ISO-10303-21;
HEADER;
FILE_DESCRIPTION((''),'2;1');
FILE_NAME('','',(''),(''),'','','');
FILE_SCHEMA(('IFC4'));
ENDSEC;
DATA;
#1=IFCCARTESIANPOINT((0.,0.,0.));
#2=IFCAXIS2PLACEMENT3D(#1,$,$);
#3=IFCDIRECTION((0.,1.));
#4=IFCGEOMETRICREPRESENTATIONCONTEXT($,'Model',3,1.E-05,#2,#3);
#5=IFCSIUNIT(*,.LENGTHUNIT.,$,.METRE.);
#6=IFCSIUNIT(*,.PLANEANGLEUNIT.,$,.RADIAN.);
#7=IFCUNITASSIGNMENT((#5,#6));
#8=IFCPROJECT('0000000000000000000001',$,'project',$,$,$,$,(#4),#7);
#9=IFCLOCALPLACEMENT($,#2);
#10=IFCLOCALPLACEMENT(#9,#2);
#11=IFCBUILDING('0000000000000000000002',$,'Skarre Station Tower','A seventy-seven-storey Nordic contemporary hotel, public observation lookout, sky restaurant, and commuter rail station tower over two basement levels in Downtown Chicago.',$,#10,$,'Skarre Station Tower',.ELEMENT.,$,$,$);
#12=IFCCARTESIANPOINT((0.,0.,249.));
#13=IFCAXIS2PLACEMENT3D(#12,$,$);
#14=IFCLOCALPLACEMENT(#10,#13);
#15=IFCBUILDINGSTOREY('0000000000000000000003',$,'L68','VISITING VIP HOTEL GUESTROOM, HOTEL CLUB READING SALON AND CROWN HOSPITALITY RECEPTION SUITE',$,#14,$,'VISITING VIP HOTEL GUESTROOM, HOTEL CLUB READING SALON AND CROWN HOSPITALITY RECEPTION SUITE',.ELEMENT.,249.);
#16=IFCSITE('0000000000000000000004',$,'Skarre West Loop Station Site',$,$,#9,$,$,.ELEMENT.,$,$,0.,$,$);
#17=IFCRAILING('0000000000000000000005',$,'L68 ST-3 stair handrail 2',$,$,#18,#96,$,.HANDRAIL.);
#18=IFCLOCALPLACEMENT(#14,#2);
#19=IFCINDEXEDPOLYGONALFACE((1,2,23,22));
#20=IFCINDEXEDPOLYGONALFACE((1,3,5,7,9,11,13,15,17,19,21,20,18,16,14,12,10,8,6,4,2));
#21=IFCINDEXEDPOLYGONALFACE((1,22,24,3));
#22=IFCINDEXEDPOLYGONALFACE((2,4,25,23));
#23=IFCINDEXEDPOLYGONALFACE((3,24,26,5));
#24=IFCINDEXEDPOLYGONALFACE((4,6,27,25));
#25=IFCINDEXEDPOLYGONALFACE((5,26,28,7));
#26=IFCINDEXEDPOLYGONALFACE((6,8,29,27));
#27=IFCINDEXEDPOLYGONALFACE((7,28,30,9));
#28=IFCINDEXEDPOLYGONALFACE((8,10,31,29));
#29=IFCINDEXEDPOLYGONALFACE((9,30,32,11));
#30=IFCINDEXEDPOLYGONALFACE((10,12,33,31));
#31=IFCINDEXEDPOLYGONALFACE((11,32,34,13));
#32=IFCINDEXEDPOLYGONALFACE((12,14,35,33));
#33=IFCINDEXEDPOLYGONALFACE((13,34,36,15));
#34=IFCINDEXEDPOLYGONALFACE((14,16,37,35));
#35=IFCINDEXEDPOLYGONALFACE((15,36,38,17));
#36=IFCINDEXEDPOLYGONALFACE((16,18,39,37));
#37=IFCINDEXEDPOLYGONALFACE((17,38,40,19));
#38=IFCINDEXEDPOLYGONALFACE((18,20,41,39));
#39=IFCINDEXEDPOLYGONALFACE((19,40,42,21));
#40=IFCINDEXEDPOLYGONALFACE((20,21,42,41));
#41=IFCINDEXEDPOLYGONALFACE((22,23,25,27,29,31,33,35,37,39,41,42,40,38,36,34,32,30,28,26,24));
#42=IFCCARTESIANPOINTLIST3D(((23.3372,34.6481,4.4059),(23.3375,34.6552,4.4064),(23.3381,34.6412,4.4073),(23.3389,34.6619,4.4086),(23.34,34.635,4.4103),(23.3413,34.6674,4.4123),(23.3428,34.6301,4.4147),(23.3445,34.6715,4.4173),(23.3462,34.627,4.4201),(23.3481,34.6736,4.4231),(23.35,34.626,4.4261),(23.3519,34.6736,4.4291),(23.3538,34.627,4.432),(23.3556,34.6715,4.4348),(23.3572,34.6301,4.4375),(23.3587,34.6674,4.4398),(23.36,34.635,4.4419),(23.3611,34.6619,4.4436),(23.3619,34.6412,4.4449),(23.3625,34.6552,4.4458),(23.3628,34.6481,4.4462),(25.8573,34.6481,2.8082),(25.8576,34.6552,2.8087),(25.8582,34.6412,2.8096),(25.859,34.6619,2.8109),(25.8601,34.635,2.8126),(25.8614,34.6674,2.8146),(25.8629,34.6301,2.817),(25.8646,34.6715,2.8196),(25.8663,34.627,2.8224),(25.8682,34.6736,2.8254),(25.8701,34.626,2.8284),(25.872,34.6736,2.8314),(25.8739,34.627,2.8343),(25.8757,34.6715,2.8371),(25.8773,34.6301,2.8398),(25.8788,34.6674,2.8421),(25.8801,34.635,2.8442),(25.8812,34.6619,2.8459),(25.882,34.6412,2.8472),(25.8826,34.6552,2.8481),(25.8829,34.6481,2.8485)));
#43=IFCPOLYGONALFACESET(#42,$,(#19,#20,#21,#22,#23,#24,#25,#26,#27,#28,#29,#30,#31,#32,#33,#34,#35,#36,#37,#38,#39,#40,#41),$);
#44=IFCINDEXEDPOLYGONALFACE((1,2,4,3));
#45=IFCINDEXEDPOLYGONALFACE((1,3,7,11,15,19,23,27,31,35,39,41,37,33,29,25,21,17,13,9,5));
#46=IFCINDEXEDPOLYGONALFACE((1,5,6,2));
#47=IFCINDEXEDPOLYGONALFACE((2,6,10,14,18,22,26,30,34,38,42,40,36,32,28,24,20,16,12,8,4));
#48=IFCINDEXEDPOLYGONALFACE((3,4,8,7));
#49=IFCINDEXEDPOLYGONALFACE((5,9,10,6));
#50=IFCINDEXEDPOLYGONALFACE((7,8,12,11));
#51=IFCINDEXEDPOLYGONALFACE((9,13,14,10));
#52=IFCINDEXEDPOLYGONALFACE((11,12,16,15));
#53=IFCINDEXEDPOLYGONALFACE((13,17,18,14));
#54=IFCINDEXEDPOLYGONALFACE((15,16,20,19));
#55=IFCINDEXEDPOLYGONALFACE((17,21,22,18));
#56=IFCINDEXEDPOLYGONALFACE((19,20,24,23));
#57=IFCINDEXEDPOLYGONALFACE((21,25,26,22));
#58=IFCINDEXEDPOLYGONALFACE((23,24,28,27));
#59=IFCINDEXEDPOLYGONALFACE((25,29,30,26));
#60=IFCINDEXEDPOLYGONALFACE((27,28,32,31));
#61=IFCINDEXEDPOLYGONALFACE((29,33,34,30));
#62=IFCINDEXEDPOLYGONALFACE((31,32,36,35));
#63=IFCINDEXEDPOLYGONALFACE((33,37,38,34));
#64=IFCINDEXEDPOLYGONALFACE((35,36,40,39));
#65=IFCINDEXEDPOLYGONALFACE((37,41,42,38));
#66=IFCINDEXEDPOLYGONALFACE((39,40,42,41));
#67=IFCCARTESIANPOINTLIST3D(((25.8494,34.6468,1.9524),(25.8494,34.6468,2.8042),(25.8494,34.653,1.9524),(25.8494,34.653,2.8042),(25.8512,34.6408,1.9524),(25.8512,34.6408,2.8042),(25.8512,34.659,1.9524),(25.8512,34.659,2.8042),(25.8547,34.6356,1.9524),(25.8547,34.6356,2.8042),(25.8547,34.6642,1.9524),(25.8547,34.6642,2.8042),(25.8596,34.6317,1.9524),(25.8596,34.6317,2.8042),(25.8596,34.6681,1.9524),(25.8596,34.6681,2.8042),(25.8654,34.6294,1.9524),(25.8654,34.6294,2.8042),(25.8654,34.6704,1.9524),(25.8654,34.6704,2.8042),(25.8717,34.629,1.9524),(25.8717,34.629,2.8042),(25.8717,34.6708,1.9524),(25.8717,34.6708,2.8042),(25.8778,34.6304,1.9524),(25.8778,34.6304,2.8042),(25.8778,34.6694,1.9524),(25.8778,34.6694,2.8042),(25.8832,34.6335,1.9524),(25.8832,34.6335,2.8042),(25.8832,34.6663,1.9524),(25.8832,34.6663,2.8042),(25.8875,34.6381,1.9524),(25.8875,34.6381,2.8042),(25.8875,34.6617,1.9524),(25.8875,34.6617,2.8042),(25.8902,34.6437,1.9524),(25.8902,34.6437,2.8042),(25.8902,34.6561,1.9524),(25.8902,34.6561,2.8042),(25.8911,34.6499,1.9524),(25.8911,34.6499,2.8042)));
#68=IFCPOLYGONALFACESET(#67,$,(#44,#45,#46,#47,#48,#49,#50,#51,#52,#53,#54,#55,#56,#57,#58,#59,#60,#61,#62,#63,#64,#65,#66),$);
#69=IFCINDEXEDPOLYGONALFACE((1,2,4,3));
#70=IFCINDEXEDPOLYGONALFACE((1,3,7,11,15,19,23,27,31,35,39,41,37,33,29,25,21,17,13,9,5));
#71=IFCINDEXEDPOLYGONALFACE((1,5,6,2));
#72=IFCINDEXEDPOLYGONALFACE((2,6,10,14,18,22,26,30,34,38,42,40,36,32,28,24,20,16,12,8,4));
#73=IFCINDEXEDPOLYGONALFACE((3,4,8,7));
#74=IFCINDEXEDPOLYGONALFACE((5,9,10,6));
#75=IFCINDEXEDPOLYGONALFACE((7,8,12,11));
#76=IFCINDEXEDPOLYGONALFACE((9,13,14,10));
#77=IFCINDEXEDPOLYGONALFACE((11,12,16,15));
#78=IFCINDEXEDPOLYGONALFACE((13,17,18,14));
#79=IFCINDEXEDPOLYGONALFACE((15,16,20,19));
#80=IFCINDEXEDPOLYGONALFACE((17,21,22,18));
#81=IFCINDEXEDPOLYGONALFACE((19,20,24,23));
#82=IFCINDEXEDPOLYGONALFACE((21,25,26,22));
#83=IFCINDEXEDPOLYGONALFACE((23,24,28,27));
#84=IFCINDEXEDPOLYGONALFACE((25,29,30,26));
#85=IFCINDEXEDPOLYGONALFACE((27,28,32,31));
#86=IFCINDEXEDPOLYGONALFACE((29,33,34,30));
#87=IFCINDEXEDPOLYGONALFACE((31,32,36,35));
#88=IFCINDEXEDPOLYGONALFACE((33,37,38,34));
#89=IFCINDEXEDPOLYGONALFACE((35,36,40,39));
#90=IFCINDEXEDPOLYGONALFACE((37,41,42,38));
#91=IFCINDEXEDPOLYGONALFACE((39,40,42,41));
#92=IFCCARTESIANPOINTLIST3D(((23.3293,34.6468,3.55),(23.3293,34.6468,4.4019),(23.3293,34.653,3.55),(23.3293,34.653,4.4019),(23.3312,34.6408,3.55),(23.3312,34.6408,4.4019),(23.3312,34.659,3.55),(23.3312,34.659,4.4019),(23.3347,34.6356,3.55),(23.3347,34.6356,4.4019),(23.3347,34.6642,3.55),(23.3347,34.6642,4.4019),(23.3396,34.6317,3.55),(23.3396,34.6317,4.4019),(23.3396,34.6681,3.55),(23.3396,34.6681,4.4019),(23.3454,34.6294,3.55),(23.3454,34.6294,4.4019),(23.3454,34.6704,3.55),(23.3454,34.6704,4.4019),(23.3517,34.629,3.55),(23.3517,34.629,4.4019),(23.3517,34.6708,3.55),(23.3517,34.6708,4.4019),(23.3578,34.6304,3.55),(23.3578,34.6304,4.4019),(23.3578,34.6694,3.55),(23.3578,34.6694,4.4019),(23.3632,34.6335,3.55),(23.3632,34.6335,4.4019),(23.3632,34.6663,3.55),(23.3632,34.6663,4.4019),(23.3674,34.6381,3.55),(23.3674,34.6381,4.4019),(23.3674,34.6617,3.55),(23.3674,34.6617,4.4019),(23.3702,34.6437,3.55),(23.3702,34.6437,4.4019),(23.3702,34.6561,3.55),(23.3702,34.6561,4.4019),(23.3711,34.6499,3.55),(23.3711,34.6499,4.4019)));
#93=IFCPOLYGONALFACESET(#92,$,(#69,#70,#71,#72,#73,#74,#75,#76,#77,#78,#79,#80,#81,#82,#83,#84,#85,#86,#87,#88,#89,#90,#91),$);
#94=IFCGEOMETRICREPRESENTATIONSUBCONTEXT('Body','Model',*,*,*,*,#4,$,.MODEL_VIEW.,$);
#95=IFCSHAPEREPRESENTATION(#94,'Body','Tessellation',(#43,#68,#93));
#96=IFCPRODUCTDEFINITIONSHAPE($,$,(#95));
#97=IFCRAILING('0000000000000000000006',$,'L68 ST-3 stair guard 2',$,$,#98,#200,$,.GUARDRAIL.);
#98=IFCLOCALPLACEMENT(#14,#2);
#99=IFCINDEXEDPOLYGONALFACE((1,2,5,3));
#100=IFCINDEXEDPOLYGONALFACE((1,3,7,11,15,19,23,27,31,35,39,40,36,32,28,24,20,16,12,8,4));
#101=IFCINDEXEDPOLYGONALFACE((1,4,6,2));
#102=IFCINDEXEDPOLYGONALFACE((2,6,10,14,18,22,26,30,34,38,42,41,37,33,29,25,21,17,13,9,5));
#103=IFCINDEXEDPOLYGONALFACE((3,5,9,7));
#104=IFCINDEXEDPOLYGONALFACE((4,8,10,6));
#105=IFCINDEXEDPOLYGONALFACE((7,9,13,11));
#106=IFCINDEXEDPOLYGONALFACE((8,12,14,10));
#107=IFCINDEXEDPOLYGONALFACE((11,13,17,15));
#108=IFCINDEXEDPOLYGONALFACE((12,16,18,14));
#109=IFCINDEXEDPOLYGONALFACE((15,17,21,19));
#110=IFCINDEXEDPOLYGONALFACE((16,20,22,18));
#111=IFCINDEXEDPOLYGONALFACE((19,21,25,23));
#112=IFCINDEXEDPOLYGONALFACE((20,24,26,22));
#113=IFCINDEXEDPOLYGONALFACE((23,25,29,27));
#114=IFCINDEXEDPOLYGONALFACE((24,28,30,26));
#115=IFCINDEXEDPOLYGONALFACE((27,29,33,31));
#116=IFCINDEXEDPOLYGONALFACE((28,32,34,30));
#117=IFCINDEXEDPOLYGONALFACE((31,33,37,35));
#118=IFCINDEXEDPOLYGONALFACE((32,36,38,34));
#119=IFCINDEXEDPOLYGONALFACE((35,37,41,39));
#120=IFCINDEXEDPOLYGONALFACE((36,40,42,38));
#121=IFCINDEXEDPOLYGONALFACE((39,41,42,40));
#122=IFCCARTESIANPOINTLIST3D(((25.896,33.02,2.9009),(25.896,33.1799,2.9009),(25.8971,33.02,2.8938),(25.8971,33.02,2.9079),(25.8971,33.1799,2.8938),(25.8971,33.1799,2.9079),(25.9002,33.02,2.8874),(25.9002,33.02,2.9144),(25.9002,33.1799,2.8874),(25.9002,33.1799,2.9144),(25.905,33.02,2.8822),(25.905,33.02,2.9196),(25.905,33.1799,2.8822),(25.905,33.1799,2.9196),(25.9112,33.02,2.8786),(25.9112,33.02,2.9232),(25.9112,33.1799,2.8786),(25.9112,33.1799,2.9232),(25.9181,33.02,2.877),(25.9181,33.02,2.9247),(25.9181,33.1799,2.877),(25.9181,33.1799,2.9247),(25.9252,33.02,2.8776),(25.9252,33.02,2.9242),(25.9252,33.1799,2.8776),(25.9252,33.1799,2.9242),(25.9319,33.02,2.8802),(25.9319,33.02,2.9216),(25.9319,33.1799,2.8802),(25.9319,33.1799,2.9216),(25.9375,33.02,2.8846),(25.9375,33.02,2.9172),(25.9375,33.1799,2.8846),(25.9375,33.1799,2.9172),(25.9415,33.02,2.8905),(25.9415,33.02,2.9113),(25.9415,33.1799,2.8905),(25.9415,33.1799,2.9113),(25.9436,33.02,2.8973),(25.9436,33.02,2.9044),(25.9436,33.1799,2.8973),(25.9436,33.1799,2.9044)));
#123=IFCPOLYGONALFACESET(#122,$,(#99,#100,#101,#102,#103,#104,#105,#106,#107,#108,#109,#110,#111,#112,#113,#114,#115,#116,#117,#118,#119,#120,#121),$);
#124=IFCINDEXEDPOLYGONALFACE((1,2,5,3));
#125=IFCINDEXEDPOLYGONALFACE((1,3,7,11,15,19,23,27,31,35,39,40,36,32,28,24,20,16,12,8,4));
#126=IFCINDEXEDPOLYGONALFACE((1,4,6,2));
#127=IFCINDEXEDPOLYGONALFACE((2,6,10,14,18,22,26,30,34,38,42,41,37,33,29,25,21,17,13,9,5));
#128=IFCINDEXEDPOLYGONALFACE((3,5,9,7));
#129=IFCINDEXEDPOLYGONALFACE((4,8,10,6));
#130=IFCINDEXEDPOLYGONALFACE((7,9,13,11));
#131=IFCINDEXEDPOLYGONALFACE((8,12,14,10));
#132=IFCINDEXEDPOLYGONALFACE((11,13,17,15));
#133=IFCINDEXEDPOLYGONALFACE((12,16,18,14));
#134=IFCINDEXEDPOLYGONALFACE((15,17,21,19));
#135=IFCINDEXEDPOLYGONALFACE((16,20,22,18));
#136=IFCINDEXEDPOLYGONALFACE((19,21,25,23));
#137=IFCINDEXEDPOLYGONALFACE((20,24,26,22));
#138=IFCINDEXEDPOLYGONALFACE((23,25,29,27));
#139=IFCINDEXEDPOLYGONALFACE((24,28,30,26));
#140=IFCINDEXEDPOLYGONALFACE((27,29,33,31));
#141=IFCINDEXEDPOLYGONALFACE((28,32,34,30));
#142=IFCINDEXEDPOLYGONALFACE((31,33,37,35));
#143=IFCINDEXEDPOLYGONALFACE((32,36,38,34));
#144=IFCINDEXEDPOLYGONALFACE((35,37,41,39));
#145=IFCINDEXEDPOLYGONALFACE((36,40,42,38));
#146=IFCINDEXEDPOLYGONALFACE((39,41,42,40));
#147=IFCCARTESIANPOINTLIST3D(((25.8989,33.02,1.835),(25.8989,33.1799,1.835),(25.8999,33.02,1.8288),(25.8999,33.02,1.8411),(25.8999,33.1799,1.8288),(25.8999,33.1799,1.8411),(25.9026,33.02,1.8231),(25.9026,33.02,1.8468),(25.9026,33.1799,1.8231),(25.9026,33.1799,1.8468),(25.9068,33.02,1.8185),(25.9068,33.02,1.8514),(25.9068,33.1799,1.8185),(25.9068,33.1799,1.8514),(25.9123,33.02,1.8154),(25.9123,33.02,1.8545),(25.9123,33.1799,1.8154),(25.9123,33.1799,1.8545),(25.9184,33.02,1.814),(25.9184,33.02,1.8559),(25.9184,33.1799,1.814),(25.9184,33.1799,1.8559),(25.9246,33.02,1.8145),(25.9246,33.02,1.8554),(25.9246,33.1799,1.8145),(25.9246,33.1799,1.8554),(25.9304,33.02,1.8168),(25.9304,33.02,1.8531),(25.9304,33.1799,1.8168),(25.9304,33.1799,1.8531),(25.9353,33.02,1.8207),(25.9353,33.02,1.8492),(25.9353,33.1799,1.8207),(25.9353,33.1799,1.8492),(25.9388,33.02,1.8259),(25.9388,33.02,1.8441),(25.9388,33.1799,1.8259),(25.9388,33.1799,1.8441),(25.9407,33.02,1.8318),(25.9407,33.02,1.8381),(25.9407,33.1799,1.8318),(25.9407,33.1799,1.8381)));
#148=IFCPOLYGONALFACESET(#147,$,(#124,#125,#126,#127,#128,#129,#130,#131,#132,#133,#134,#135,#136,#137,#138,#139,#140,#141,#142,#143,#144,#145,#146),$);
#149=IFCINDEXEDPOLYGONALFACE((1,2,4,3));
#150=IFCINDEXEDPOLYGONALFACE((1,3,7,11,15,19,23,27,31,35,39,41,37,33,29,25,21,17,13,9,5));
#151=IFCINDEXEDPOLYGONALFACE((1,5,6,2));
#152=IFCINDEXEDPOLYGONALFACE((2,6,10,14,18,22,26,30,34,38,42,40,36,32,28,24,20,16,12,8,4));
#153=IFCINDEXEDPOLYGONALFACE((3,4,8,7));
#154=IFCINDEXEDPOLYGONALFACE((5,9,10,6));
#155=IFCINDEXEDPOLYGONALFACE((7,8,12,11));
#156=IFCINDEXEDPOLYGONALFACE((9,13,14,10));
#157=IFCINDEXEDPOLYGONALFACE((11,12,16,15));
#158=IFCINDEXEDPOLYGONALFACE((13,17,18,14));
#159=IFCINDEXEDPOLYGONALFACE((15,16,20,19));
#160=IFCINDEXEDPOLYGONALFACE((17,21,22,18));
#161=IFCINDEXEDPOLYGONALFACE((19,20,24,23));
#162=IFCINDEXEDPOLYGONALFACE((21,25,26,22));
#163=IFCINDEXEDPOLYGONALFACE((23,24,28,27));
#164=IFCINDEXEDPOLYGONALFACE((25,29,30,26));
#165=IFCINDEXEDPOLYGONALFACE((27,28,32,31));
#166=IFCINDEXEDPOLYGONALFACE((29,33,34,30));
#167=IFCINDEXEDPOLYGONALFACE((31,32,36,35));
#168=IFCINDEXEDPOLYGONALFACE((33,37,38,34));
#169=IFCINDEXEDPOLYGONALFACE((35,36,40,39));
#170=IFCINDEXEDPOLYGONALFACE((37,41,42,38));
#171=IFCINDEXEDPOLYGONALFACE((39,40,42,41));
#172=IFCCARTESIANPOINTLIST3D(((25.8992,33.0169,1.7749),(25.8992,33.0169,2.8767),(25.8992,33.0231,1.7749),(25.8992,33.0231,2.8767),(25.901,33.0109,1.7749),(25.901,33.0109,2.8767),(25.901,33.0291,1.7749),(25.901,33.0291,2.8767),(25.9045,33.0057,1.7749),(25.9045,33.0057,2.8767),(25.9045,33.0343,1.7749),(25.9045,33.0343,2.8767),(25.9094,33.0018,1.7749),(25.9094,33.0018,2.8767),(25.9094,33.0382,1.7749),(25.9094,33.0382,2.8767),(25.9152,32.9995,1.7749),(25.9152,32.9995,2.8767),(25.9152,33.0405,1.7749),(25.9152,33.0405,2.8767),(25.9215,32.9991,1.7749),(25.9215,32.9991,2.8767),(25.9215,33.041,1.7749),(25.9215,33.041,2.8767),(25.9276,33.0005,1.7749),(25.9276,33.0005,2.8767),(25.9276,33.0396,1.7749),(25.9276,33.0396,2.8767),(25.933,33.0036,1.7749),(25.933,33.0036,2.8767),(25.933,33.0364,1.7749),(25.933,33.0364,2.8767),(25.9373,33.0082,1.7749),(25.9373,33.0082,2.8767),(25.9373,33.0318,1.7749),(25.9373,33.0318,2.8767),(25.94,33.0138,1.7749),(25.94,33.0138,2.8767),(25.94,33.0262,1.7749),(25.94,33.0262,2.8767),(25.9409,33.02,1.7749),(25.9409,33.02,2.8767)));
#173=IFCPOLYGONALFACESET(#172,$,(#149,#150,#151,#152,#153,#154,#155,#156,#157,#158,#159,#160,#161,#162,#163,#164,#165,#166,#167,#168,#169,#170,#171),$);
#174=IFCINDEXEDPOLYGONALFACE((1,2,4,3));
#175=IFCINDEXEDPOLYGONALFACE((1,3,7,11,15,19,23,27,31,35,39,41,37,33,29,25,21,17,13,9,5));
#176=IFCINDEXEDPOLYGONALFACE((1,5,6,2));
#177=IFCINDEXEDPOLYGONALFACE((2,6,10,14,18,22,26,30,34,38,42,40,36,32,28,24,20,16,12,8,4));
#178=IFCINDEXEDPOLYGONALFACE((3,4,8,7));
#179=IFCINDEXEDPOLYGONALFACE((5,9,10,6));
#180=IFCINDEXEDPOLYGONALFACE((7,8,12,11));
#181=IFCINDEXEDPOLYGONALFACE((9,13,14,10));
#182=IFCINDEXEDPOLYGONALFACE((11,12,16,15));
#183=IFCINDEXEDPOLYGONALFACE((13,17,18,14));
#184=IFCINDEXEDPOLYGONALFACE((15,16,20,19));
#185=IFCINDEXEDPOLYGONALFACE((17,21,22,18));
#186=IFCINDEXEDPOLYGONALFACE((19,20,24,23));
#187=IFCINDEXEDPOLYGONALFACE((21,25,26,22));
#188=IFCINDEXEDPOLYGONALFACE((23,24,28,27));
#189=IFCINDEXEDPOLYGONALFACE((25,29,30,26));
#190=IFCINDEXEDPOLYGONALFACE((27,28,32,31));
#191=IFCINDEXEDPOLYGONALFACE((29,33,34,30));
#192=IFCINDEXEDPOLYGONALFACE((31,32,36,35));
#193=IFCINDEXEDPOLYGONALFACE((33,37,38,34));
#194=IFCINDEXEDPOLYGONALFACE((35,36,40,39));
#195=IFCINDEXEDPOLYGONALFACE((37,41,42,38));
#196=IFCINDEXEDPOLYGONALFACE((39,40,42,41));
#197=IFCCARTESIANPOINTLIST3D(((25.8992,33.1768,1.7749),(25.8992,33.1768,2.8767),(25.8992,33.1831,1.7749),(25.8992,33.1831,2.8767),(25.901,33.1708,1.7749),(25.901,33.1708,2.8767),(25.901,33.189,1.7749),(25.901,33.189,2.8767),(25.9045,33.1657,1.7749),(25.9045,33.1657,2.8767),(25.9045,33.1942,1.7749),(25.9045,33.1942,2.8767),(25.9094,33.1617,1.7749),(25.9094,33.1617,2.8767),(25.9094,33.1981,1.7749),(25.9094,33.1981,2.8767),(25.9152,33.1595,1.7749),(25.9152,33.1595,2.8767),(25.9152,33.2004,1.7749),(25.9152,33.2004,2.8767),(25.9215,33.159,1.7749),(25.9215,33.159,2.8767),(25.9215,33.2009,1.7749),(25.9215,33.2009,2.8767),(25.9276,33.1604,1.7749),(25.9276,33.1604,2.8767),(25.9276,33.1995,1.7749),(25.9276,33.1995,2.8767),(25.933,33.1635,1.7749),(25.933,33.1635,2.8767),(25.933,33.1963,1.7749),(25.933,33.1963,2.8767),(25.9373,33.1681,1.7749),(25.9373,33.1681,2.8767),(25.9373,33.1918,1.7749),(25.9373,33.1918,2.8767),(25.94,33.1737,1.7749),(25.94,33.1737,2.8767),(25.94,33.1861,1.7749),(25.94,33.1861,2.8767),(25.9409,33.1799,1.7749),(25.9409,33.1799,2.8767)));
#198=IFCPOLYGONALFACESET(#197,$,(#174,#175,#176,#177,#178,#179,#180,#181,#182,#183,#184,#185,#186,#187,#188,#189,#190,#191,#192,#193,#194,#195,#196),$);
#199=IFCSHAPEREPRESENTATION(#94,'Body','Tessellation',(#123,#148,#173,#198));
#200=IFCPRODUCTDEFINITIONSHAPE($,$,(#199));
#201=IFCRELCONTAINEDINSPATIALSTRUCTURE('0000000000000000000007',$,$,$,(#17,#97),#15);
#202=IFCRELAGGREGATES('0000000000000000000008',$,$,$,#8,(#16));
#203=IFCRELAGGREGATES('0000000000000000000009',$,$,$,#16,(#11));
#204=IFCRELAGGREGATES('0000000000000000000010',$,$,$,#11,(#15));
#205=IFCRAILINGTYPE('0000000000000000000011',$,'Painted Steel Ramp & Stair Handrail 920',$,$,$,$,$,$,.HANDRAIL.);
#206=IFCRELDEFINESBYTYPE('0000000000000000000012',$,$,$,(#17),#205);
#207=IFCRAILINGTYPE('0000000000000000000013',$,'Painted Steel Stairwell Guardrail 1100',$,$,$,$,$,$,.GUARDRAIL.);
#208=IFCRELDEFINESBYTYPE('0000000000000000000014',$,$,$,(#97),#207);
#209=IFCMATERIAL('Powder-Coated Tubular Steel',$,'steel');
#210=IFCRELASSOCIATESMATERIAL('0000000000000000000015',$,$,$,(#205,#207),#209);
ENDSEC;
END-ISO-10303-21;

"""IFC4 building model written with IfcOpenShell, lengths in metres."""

from ifc_helpers import new_model, si_unit, direction, frame, origin, origin_2d, place, context, subcontext, project, spatial, circle, extrude, material, type_object, element, save


model = new_model("IFC4")

# Units and contexts
model_context = context("Model", 3, precision=1e-05, world=origin(), true_north=direction((0.0, 1.0)))
body_context = subcontext(model_context, "Body", "Model", "MODEL_VIEW")
ifc_project = project(units=[si_unit("LENGTHUNIT", "METRE"), si_unit("PLANEANGLEUNIT", "RADIAN")], contexts=[model_context])

# Site, building, storey
site_placement = place(None, origin())
site = spatial("IfcSite", under=ifc_project, at=site_placement, Name="Skarre West Loop Station Site", CompositionType="ELEMENT", RefElevation=0.0)
building_placement = place(site_placement, origin())
building = spatial("IfcBuilding", under=site, at=building_placement, Name="Skarre Station Tower", Description="A seventy-seven-storey Nordic contemporary hotel, public observation lookout, sky restaurant, and commuter rail station tower over two basement levels in Downtown Chicago.", LongName="Skarre Station Tower", CompositionType="ELEMENT")
storey_placement = place(building_placement, frame((0.0, 0.0, 249.0)))
storey = spatial("IfcBuildingStorey", under=building, at=storey_placement, Name="L68", Description="VISITING VIP HOTEL GUESTROOM, HOTEL CLUB READING SALON AND CROWN HOSPITALITY RECEPTION SUITE", LongName="VISITING VIP HOTEL GUESTROOM, HOTEL CLUB READING SALON AND CROWN HOSPITALITY RECEPTION SUITE", CompositionType="ELEMENT", Elevation=249.0)

# Railings
ifc_material_1 = material(Name="Powder-Coated Tubular Steel", Category="steel")
railing_type_1 = type_object("IfcRailingType", Name="Painted Steel Ramp & Stair Handrail 920", PredefinedType="HANDRAIL", material=ifc_material_1)
railing_1_placement = place(storey_placement, frame((25.8701, 34.6499, 1.9524)))
element("IfcRailing", 1, at=railing_1_placement, inside=storey, type_object=railing_type_1, Name="L68 ST-3 stair handrail 2", PredefinedType="HANDRAIL", context=body_context, shape_type="SweptSolid", body=[
    extrude(circle(Radius=0.0239, at=origin_2d()), frame((0.0, 0.0, 0.876), z_axis=(-0.84457, 0.0, 0.535445), x_axis=(0.0, -1.0, 0.0)), (0.0, 0.0, 1.0), 2.9839),
    extrude(circle(Radius=0.021, at=origin_2d()), origin(), (0.0, 0.0, 1.0), 0.8518),
    extrude(circle(Radius=0.021, at=origin_2d()), frame((-2.52, 0.0, 1.5977)), (0.0, 0.0, 1.0), 0.8518),
])
railing_type_2 = type_object("IfcRailingType", Name="Painted Steel Stairwell Guardrail 1100", PredefinedType="GUARDRAIL", material=ifc_material_1)
railing_2_placement = place(storey_placement, frame((25.9199, 33.02, 1.7749)))
element("IfcRailing", 2, at=railing_2_placement, inside=storey, type_object=railing_type_2, Name="L68 ST-3 stair guard 2", PredefinedType="GUARDRAIL", context=body_context, shape_type="SweptSolid", body=[
    extrude(circle(Radius=0.0239, at=origin_2d()), frame((0.0, 0.0, 1.126), z_axis=(0.0, 1.0, 0.0), x_axis=(-1.0, 0.0, 0.0)), (0.0, 0.0, 1.0), 0.1599),
    extrude(circle(Radius=0.021, at=origin_2d()), frame((0.0, 0.0, 0.0601), z_axis=(0.0, 1.0, 0.0), x_axis=(-1.0, 0.0, 0.0)), (0.0, 0.0, 1.0), 0.1599),
    extrude(circle(Radius=0.021, at=origin_2d()), origin(), (0.0, 0.0, 1.0), 1.1018),
    extrude(circle(Radius=0.021, at=origin_2d()), frame((0.0, 0.1599, 0.0)), (0.0, 0.0, 1.0), 1.1018),
])

save(model, "model.ifc")
